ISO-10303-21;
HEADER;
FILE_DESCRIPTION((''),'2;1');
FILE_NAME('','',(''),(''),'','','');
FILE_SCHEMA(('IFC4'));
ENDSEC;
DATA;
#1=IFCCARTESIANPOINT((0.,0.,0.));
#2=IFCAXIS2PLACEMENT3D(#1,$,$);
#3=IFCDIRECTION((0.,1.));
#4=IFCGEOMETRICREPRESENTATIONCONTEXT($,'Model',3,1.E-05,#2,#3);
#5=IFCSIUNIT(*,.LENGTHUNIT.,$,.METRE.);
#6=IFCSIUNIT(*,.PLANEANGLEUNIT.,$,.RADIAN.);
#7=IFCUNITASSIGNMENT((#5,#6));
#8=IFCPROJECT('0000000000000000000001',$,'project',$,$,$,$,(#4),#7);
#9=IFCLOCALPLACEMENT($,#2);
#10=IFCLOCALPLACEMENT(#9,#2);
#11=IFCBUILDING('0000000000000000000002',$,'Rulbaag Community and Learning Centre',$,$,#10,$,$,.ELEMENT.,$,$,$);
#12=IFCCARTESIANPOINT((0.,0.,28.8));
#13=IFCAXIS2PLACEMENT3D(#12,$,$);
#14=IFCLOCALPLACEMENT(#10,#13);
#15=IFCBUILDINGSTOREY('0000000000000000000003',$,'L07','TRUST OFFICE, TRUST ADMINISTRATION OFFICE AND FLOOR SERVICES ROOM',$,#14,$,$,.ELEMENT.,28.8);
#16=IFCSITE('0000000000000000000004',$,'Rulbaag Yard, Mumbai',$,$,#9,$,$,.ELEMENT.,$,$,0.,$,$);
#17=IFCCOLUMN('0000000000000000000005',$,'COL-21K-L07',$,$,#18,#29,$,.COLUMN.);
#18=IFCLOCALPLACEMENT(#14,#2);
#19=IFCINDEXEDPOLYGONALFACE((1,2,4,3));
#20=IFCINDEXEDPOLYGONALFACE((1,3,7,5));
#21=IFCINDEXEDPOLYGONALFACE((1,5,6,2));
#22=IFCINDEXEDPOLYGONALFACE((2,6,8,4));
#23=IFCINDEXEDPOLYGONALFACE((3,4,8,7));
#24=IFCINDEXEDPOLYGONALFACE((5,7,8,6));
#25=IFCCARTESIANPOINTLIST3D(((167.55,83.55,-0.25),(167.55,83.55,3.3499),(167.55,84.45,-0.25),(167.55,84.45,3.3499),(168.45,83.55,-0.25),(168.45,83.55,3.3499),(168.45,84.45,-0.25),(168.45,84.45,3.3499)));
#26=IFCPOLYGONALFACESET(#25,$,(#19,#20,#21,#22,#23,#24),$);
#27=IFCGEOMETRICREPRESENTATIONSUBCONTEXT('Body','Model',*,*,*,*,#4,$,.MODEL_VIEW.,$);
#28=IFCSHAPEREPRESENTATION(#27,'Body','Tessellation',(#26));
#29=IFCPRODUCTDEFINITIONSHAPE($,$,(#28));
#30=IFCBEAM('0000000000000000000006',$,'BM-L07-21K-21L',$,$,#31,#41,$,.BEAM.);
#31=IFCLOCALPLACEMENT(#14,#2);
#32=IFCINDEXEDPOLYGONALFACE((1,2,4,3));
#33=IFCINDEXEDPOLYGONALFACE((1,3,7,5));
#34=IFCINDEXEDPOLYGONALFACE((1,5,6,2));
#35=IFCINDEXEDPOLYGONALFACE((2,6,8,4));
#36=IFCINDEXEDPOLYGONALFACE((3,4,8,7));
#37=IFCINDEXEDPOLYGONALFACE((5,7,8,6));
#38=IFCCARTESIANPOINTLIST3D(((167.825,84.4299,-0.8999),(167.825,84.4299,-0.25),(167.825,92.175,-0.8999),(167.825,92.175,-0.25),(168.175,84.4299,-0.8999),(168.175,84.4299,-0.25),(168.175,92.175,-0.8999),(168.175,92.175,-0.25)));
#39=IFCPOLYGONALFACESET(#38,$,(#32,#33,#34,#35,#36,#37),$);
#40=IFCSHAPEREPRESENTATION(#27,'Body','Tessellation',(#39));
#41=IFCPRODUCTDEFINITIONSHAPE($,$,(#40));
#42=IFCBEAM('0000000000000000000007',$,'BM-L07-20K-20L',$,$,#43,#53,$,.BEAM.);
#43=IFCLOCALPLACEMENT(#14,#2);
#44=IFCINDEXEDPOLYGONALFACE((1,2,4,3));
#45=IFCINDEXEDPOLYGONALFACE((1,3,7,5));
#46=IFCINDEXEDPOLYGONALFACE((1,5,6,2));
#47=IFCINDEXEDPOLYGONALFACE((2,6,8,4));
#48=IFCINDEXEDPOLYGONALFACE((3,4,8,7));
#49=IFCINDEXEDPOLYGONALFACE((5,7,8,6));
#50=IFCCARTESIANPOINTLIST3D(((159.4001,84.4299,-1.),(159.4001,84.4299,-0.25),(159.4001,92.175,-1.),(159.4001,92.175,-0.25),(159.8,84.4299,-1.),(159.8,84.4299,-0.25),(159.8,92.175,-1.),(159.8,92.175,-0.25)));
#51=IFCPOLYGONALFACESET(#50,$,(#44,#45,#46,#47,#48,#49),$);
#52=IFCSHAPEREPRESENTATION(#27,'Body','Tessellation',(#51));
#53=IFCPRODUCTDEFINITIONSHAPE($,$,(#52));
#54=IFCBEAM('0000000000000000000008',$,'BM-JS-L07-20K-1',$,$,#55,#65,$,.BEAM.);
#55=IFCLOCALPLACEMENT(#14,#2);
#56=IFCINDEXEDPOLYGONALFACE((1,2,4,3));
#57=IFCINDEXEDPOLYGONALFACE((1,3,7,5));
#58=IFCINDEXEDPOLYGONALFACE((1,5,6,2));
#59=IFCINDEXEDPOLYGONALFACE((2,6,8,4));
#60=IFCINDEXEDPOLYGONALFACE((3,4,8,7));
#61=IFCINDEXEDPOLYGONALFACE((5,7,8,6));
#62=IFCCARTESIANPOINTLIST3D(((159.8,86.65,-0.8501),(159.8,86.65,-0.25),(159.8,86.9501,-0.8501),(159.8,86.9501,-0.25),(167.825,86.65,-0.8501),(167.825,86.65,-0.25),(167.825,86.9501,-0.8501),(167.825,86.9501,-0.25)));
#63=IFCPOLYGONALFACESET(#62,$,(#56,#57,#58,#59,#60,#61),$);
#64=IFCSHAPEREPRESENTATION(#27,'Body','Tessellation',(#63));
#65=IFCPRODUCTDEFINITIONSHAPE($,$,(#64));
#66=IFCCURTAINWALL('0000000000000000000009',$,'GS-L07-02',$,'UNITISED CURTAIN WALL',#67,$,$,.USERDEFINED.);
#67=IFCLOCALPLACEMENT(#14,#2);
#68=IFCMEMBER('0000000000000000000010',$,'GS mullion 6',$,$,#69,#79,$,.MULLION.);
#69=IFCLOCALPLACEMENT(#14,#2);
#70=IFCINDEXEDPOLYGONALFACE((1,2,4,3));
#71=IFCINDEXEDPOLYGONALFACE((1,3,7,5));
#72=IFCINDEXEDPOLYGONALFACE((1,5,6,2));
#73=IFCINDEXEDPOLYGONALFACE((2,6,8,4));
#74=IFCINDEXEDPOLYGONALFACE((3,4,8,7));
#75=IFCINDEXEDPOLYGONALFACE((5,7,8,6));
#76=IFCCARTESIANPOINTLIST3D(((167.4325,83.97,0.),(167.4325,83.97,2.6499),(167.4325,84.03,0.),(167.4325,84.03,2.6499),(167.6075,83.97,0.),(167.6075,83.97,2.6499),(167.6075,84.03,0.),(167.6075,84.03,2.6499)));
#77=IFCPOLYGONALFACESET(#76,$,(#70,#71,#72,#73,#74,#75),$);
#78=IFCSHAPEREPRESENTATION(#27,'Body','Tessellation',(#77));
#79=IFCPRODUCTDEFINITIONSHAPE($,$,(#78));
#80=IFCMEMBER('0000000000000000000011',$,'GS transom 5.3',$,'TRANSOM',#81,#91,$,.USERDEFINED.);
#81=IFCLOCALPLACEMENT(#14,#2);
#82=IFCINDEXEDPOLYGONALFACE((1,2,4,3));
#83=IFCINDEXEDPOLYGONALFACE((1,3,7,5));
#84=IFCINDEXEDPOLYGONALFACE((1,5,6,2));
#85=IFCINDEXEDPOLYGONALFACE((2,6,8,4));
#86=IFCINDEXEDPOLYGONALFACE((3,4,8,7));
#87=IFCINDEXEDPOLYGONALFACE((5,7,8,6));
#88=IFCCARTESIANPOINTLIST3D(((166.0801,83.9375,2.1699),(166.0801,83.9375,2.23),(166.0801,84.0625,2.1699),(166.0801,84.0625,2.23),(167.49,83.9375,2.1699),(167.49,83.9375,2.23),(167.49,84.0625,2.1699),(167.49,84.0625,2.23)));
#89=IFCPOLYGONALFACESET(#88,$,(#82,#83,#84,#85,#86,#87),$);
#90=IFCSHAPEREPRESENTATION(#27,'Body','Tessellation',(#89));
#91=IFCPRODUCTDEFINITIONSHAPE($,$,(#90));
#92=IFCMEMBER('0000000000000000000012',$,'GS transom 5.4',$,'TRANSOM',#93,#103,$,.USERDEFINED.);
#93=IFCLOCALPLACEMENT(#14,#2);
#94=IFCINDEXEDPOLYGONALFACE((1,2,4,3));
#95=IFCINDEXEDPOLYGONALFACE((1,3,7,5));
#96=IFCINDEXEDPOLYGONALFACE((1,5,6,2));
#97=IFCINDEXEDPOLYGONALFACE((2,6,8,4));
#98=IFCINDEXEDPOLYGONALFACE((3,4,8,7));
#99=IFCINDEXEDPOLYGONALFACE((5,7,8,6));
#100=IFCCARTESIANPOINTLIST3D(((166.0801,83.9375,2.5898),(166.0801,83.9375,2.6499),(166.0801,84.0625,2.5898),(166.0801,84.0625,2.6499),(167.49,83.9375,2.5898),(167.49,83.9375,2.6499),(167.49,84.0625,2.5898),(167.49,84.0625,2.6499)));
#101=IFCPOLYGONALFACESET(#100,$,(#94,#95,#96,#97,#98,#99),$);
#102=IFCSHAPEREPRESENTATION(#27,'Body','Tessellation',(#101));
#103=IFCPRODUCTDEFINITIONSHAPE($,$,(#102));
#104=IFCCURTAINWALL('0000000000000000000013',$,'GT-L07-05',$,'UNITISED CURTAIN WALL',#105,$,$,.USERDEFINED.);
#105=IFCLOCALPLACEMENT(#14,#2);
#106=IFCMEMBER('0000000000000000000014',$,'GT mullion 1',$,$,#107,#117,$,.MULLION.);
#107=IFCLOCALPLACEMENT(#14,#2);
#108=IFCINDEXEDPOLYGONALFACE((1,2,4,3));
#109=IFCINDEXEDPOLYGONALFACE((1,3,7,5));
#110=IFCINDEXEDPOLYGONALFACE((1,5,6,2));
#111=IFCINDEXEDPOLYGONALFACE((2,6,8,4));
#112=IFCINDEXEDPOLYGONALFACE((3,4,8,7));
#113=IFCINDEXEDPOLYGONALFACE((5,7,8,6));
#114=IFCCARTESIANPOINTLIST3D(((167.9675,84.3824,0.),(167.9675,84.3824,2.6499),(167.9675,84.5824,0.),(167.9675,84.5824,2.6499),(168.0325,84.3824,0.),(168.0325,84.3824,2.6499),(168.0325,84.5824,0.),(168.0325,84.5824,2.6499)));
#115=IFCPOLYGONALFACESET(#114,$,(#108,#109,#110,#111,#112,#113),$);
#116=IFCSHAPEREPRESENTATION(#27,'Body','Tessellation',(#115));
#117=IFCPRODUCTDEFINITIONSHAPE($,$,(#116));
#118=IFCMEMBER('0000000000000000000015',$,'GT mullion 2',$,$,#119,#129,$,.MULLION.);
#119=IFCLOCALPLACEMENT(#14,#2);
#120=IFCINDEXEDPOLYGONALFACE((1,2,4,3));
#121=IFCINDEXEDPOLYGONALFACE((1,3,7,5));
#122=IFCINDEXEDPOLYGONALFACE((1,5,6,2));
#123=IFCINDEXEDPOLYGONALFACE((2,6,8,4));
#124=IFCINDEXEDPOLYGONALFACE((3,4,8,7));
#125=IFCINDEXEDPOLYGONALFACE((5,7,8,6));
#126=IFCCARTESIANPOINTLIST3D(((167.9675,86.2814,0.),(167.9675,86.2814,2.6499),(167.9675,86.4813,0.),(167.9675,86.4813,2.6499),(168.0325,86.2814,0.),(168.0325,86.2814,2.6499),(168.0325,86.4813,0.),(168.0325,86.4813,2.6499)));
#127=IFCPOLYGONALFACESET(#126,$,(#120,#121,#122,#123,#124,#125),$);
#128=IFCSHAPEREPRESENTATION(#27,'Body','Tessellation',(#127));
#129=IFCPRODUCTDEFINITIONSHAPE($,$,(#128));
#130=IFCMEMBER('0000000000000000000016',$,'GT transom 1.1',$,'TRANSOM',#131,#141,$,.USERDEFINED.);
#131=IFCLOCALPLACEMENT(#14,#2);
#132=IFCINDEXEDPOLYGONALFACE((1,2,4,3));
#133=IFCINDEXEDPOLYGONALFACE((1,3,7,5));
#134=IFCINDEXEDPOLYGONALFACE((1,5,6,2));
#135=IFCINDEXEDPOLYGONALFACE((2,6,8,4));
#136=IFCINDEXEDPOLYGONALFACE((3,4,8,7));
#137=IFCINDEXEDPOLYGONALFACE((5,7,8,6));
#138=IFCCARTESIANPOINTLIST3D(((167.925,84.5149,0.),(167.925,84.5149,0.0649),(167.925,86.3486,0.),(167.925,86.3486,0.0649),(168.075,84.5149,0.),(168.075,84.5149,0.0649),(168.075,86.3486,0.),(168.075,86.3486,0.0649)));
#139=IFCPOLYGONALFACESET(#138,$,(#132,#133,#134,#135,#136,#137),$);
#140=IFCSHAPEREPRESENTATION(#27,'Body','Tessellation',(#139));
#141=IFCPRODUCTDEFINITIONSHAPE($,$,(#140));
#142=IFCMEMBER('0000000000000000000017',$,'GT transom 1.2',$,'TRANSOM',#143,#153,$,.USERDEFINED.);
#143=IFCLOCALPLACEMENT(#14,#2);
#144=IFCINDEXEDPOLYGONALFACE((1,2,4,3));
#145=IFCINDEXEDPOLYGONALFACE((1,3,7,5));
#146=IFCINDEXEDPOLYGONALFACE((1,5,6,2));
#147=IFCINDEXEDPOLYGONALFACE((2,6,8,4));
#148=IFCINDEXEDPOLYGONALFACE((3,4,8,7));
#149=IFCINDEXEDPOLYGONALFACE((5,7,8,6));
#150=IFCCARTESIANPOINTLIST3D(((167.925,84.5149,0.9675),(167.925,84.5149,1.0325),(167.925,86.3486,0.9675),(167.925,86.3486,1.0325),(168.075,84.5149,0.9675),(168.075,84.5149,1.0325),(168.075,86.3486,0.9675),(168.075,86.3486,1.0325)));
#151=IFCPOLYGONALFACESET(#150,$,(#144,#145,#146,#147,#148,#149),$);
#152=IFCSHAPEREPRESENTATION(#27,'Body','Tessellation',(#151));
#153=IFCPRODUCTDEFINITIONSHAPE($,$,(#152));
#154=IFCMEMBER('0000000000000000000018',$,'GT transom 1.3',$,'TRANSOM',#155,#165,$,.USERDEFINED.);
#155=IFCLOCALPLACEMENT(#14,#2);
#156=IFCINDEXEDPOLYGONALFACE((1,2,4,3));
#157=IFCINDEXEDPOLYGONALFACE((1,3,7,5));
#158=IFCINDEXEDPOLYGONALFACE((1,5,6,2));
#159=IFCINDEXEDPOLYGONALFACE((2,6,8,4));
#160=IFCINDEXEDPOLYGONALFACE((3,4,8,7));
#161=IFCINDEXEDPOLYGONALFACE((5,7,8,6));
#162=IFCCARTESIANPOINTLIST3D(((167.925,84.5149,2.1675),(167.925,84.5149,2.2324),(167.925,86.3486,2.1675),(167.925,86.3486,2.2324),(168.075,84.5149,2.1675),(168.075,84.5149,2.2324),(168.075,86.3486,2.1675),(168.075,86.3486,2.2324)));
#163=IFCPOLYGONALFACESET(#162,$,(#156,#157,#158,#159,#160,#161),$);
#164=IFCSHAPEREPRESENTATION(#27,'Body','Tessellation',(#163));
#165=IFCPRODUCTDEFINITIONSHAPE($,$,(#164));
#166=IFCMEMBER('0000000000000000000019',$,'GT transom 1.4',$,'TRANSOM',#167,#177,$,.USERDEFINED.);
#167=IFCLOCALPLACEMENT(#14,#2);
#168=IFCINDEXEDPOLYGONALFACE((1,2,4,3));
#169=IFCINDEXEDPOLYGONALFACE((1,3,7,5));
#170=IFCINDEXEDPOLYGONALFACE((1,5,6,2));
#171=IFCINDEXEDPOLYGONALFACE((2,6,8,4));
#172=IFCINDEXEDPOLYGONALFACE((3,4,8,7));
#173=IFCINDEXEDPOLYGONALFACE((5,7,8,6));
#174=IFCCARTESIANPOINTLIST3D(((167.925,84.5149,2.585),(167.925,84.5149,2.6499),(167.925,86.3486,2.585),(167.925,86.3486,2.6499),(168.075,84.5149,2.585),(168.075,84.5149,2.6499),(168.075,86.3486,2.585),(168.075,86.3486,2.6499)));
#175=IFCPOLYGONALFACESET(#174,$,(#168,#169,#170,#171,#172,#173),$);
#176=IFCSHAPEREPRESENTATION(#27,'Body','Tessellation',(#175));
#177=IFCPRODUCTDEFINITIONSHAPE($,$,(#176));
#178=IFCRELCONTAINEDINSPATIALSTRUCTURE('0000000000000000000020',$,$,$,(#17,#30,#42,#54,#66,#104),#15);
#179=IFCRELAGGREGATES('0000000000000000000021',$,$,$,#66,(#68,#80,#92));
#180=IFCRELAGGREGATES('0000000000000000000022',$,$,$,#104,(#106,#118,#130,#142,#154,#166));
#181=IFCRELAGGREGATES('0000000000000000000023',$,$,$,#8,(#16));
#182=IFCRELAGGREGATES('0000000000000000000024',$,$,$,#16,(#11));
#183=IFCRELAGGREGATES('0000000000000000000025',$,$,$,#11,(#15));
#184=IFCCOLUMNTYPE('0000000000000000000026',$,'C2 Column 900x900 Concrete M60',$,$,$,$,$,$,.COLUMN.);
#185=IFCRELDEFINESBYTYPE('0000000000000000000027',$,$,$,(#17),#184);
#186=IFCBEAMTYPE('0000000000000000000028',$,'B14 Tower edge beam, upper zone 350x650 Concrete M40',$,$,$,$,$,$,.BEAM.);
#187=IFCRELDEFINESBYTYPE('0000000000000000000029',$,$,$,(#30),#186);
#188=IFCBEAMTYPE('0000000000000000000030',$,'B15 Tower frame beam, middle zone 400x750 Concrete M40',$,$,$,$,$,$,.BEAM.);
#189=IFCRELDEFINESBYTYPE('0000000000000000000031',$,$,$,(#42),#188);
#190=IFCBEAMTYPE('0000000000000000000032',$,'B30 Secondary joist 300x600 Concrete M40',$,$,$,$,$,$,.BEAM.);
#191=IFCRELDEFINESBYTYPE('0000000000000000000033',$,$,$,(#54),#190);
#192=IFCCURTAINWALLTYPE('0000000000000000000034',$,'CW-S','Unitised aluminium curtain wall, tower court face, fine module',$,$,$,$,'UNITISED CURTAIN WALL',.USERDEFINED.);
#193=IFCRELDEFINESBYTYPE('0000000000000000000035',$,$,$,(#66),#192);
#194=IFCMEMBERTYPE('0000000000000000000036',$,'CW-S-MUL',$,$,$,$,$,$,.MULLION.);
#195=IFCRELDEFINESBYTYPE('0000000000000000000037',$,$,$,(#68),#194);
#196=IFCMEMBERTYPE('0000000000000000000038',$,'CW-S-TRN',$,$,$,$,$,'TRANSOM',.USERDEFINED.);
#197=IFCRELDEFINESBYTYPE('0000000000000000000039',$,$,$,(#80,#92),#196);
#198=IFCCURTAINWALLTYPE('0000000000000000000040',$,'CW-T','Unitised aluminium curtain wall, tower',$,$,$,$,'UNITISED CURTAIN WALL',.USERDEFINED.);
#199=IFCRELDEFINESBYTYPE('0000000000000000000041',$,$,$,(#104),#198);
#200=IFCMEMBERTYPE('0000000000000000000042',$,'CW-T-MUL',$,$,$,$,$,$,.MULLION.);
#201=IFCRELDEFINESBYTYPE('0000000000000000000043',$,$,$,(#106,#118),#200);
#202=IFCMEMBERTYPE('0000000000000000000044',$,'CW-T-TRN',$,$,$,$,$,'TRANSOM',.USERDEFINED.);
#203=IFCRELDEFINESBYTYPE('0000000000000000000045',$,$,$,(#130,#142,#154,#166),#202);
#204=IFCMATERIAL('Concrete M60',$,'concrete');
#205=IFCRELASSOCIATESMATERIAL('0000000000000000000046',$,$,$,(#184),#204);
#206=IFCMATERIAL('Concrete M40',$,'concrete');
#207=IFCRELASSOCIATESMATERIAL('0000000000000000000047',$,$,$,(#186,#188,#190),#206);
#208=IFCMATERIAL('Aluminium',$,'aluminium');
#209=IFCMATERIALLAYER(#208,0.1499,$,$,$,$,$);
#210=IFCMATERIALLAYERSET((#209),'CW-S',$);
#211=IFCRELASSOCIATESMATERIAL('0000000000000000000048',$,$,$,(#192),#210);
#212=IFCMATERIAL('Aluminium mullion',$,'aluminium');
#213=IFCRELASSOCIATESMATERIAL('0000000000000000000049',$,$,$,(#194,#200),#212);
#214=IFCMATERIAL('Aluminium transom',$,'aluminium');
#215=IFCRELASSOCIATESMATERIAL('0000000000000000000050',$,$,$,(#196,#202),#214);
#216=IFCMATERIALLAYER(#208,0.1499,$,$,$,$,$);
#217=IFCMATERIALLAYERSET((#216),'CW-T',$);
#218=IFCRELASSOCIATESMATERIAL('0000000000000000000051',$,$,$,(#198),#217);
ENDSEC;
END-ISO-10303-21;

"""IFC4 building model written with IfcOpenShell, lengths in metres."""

from ifc_helpers import new_model, si_unit, direction, frame, origin, origin_2d, place, context, subcontext, project, spatial, rectangle, extrude, material, layer, layer_set, material_profile, profile_set, type_object, element, aggregate, save


model = new_model("IFC4")

# Units and contexts
model_context = context("Model", 3, precision=1e-05, world=origin(), true_north=direction((0.0, 1.0)))
body_context = subcontext(model_context, "Body", "Model", "MODEL_VIEW")
ifc_project = project(units=[si_unit("LENGTHUNIT", "METRE"), si_unit("PLANEANGLEUNIT", "RADIAN")], contexts=[model_context])

# Site, building, storey
site_placement = place(None, origin())
site = spatial("IfcSite", under=ifc_project, at=site_placement, Name="Rulbaag Yard, Mumbai", CompositionType="ELEMENT", RefElevation=0.0)
building_placement = place(site_placement, origin())
building = spatial("IfcBuilding", under=site, at=building_placement, Name="Rulbaag Community and Learning Centre", CompositionType="ELEMENT")
storey_placement = place(building_placement, frame((0.0, 0.0, 28.8)))
storey = spatial("IfcBuildingStorey", under=building, at=storey_placement, Name="L07", Description="TRUST OFFICE, TRUST ADMINISTRATION OFFICE AND FLOOR SERVICES ROOM", CompositionType="ELEMENT", Elevation=28.8)

# Column
ifc_material_1 = material(Name="Concrete M60", Category="concrete")
ifc_material_profile_1 = material_profile(ifc_material_1, rectangle(XDim=0.8999, YDim=0.8999, at=origin_2d()), Name="RC900x900")
ifc_profile_set_1 = profile_set([ifc_material_profile_1], Name="Concrete M60")
column_type = type_object("IfcColumnType", Name="C2 Column 900x900 Concrete M60", PredefinedType="COLUMN", material=ifc_profile_set_1)
column_placement = place(storey_placement, frame((168.0, 84.0, -0.25), z_axis=(0.0, 0.0, 1.0), x_axis=(1.0, 0.0, 0.0)))
element("IfcColumn", 1, at=column_placement, inside=storey, type_object=column_type, Name="COL-21K-L07", PredefinedType="COLUMN", context=body_context, shape_type="SweptSolid", body=[
    extrude(rectangle(XDim=0.8999, YDim=0.8999, at=origin_2d()), origin(), (0.0, 0.0, 1.0), 3.5999),
])

# Beams
ifc_material_2 = material(Name="Concrete M40", Category="concrete")
ifc_material_profile_2 = material_profile(ifc_material_2, rectangle(XDim=0.3501, YDim=0.6499, at=origin_2d()), Name="RB350x650")
ifc_profile_set_2 = profile_set([ifc_material_profile_2], Name="Concrete M40")
beam_type_1 = type_object("IfcBeamType", Name="B14 Tower edge beam, upper zone 350x650 Concrete M40", PredefinedType="BEAM", material=ifc_profile_set_2)
beam_1_placement = place(storey_placement, frame((168.0, 84.4299, -0.575), z_axis=(0.0, 1.0, 0.0), x_axis=(-1.0, 0.0, 0.0)))
element("IfcBeam", 2, at=beam_1_placement, inside=storey, type_object=beam_type_1, Name="BM-L07-21K-21L", PredefinedType="BEAM", context=body_context, shape_type="SweptSolid", body=[
    extrude(rectangle(XDim=0.3501, YDim=0.6499, at=origin_2d()), origin(), (0.0, 0.0, 1.0), 7.7451),
])
ifc_material_profile_3 = material_profile(ifc_material_2, rectangle(XDim=0.3999, YDim=0.75, at=origin_2d()), Name="RB400x750")
ifc_profile_set_3 = profile_set([ifc_material_profile_3], Name="Concrete M40")
beam_type_2 = type_object("IfcBeamType", Name="B15 Tower frame beam, middle zone 400x750 Concrete M40", PredefinedType="BEAM", material=ifc_profile_set_3)
beam_2_placement = place(storey_placement, frame((159.6001, 84.4299, -0.625), z_axis=(0.0, 1.0, 0.0), x_axis=(-1.0, 0.0, 0.0)))
element("IfcBeam", 3, at=beam_2_placement, inside=storey, type_object=beam_type_2, Name="BM-L07-20K-20L", PredefinedType="BEAM", context=body_context, shape_type="SweptSolid", body=[
    extrude(rectangle(XDim=0.3999, YDim=0.75, at=origin_2d()), origin(), (0.0, 0.0, 1.0), 7.7451),
])
ifc_material_profile_4 = material_profile(ifc_material_2, rectangle(XDim=0.3, YDim=0.6001, at=origin_2d()), Name="RB300x600")
ifc_profile_set_4 = profile_set([ifc_material_profile_4], Name="Concrete M40")
beam_type_3 = type_object("IfcBeamType", Name="B30 Secondary joist 300x600 Concrete M40", PredefinedType="BEAM", material=ifc_profile_set_4)
beam_3_placement = place(storey_placement, frame((159.8, 86.8, -0.55), z_axis=(1.0, 0.0, 0.0), x_axis=(0.0, 1.0, 0.0)))
element("IfcBeam", 4, at=beam_3_placement, inside=storey, type_object=beam_type_3, Name="BM-JS-L07-20K-1", PredefinedType="BEAM", context=body_context, shape_type="SweptSolid", body=[
    extrude(rectangle(XDim=0.3, YDim=0.6001, at=origin_2d()), origin(), (0.0, 0.0, 1.0), 8.0249),
])

# Curtain walls, members
ifc_material_3 = material(Name="Aluminium", Category="aluminium")
ifc_layer_1 = layer(ifc_material_3, 0.1499)
ifc_layer_set_1 = layer_set([ifc_layer_1], Name="CW-S")
curtain_wall_type_1 = type_object("IfcCurtainWallType", Name="CW-S", Description="Unitised aluminium curtain wall, tower court face, fine module", ElementType="UNITISED CURTAIN WALL", PredefinedType="USERDEFINED", material=ifc_layer_set_1)
curtain_wall_1_placement = place(storey_placement, origin())
curtain_wall_1 = element("IfcCurtainWall", 5, at=curtain_wall_1_placement, inside=storey, type_object=curtain_wall_type_1, Name="GS-L07-02", ObjectType="UNITISED CURTAIN WALL", PredefinedType="USERDEFINED")
ifc_material_4 = material(Name="Aluminium mullion", Category="aluminium")
ifc_material_profile_5 = material_profile(ifc_material_4, rectangle(XDim=0.0601, YDim=0.175, at=origin_2d()), Name="AL 60x175")
ifc_profile_set_5 = profile_set([ifc_material_profile_5], Name="Aluminium mullion")
member_type_1 = type_object("IfcMemberType", Name="CW-S-MUL", PredefinedType="MULLION", material=ifc_profile_set_5)
member_1_placement = place(storey_placement, frame((167.52, 84.0, 0.0), z_axis=(0.0, 0.0, 1.0), x_axis=(0.0, 1.0, 0.0)))
member_1 = element("IfcMember", 6, at=member_1_placement, type_object=member_type_1, Name="GS mullion 6", PredefinedType="MULLION", context=body_context, shape_type="SweptSolid", body=[
    extrude(rectangle(XDim=0.0601, YDim=0.175, at=origin_2d()), origin(), (0.0, 0.0, 1.0), 2.6499),
])
ifc_material_5 = material(Name="Aluminium transom", Category="aluminium")
ifc_material_profile_6 = material_profile(ifc_material_5, rectangle(XDim=0.125, YDim=0.0601, at=origin_2d()), Name="AL 60x125 T")
ifc_profile_set_6 = profile_set([ifc_material_profile_6], Name="Aluminium transom")
member_type_2 = type_object("IfcMemberType", Name="CW-S-TRN", ElementType="TRANSOM", PredefinedType="USERDEFINED", material=ifc_profile_set_6)
member_2_placement = place(storey_placement, frame((166.0801, 84.0, 2.2), z_axis=(1.0, 0.0, 0.0), x_axis=(0.0, 1.0, 0.0)))
member_2 = element("IfcMember", 7, at=member_2_placement, type_object=member_type_2, Name="GS transom 5.3", ObjectType="TRANSOM", PredefinedType="USERDEFINED", context=body_context, shape_type="SweptSolid", body=[
    extrude(rectangle(XDim=0.125, YDim=0.0601, at=origin_2d()), origin(), (0.0, 0.0, 1.0), 1.4099),
])
member_3_placement = place(storey_placement, frame((166.0801, 84.0, 2.6199), z_axis=(1.0, 0.0, 0.0), x_axis=(0.0, 1.0, 0.0)))
member_3 = element("IfcMember", 8, at=member_3_placement, type_object=member_type_2, Name="GS transom 5.4", ObjectType="TRANSOM", PredefinedType="USERDEFINED", context=body_context, shape_type="SweptSolid", body=[
    extrude(rectangle(XDim=0.125, YDim=0.0601, at=origin_2d()), origin(), (0.0, 0.0, 1.0), 1.4099),
])
ifc_layer_2 = layer(ifc_material_3, 0.1499)
ifc_layer_set_2 = layer_set([ifc_layer_2], Name="CW-T")
curtain_wall_type_2 = type_object("IfcCurtainWallType", Name="CW-T", Description="Unitised aluminium curtain wall, tower", ElementType="UNITISED CURTAIN WALL", PredefinedType="USERDEFINED", material=ifc_layer_set_2)
curtain_wall_2_placement = place(storey_placement, origin())
curtain_wall_2 = element("IfcCurtainWall", 9, at=curtain_wall_2_placement, inside=storey, type_object=curtain_wall_type_2, Name="GT-L07-05", ObjectType="UNITISED CURTAIN WALL", PredefinedType="USERDEFINED")
ifc_material_profile_7 = material_profile(ifc_material_4, rectangle(XDim=0.0649, YDim=0.2, at=origin_2d()), Name="AL 65x200")
ifc_profile_set_7 = profile_set([ifc_material_profile_7], Name="Aluminium mullion")
member_type_3 = type_object("IfcMemberType", Name="CW-T-MUL", PredefinedType="MULLION", material=ifc_profile_set_7)
member_4_placement = place(storey_placement, frame((168.0, 84.4824, 0.0), z_axis=(0.0, 0.0, 1.0), x_axis=(-1.0, 0.0, 0.0)))
member_4 = element("IfcMember", 10, at=member_4_placement, type_object=member_type_3, Name="GT mullion 1", PredefinedType="MULLION", context=body_context, shape_type="SweptSolid", body=[
    extrude(rectangle(XDim=0.0649, YDim=0.2, at=origin_2d()), origin(), (0.0, 0.0, 1.0), 2.6499),
])
member_5_placement = place(storey_placement, frame((168.0, 86.3813, 0.0), z_axis=(0.0, 0.0, 1.0), x_axis=(-1.0, 0.0, 0.0)))
member_5 = element("IfcMember", 11, at=member_5_placement, type_object=member_type_3, Name="GT mullion 2", PredefinedType="MULLION", context=body_context, shape_type="SweptSolid", body=[
    extrude(rectangle(XDim=0.0649, YDim=0.2, at=origin_2d()), origin(), (0.0, 0.0, 1.0), 2.6499),
])
ifc_material_profile_8 = material_profile(ifc_material_5, rectangle(XDim=0.1499, YDim=0.0649, at=origin_2d()), Name="AL 65x150 T")
ifc_profile_set_8 = profile_set([ifc_material_profile_8], Name="Aluminium transom")
member_type_4 = type_object("IfcMemberType", Name="CW-T-TRN", ElementType="TRANSOM", PredefinedType="USERDEFINED", material=ifc_profile_set_8)
member_6_placement = place(storey_placement, frame((168.0, 84.5149, 0.0325), z_axis=(0.0, 1.0, 0.0), x_axis=(-1.0, 0.0, 0.0)))
member_6 = element("IfcMember", 12, at=member_6_placement, type_object=member_type_4, Name="GT transom 1.1", ObjectType="TRANSOM", PredefinedType="USERDEFINED", context=body_context, shape_type="SweptSolid", body=[
    extrude(rectangle(XDim=0.1499, YDim=0.0649, at=origin_2d()), origin(), (0.0, 0.0, 1.0), 1.8337),
])
member_7_placement = place(storey_placement, frame((168.0, 84.5149, 1.0), z_axis=(0.0, 1.0, 0.0), x_axis=(-1.0, 0.0, 0.0)))
member_7 = element("IfcMember", 13, at=member_7_placement, type_object=member_type_4, Name="GT transom 1.2", ObjectType="TRANSOM", PredefinedType="USERDEFINED", context=body_context, shape_type="SweptSolid", body=[
    extrude(rectangle(XDim=0.1499, YDim=0.0649, at=origin_2d()), origin(), (0.0, 0.0, 1.0), 1.8337),
])
member_8_placement = place(storey_placement, frame((168.0, 84.5149, 2.2), z_axis=(0.0, 1.0, 0.0), x_axis=(-1.0, 0.0, 0.0)))
member_8 = element("IfcMember", 14, at=member_8_placement, type_object=member_type_4, Name="GT transom 1.3", ObjectType="TRANSOM", PredefinedType="USERDEFINED", context=body_context, shape_type="SweptSolid", body=[
    extrude(rectangle(XDim=0.1499, YDim=0.0649, at=origin_2d()), origin(), (0.0, 0.0, 1.0), 1.8337),
])
member_9_placement = place(storey_placement, frame((168.0, 84.5149, 2.6174), z_axis=(0.0, 1.0, 0.0), x_axis=(-1.0, 0.0, 0.0)))
member_9 = element("IfcMember", 15, at=member_9_placement, type_object=member_type_4, Name="GT transom 1.4", ObjectType="TRANSOM", PredefinedType="USERDEFINED", context=body_context, shape_type="SweptSolid", body=[
    extrude(rectangle(XDim=0.1499, YDim=0.0649, at=origin_2d()), origin(), (0.0, 0.0, 1.0), 1.8337),
])

aggregate(curtain_wall_1, [member_1, member_2, member_3])
aggregate(curtain_wall_2, [member_4, member_5, member_6, member_7, member_8, member_9])

save(model, "model.ifc")
